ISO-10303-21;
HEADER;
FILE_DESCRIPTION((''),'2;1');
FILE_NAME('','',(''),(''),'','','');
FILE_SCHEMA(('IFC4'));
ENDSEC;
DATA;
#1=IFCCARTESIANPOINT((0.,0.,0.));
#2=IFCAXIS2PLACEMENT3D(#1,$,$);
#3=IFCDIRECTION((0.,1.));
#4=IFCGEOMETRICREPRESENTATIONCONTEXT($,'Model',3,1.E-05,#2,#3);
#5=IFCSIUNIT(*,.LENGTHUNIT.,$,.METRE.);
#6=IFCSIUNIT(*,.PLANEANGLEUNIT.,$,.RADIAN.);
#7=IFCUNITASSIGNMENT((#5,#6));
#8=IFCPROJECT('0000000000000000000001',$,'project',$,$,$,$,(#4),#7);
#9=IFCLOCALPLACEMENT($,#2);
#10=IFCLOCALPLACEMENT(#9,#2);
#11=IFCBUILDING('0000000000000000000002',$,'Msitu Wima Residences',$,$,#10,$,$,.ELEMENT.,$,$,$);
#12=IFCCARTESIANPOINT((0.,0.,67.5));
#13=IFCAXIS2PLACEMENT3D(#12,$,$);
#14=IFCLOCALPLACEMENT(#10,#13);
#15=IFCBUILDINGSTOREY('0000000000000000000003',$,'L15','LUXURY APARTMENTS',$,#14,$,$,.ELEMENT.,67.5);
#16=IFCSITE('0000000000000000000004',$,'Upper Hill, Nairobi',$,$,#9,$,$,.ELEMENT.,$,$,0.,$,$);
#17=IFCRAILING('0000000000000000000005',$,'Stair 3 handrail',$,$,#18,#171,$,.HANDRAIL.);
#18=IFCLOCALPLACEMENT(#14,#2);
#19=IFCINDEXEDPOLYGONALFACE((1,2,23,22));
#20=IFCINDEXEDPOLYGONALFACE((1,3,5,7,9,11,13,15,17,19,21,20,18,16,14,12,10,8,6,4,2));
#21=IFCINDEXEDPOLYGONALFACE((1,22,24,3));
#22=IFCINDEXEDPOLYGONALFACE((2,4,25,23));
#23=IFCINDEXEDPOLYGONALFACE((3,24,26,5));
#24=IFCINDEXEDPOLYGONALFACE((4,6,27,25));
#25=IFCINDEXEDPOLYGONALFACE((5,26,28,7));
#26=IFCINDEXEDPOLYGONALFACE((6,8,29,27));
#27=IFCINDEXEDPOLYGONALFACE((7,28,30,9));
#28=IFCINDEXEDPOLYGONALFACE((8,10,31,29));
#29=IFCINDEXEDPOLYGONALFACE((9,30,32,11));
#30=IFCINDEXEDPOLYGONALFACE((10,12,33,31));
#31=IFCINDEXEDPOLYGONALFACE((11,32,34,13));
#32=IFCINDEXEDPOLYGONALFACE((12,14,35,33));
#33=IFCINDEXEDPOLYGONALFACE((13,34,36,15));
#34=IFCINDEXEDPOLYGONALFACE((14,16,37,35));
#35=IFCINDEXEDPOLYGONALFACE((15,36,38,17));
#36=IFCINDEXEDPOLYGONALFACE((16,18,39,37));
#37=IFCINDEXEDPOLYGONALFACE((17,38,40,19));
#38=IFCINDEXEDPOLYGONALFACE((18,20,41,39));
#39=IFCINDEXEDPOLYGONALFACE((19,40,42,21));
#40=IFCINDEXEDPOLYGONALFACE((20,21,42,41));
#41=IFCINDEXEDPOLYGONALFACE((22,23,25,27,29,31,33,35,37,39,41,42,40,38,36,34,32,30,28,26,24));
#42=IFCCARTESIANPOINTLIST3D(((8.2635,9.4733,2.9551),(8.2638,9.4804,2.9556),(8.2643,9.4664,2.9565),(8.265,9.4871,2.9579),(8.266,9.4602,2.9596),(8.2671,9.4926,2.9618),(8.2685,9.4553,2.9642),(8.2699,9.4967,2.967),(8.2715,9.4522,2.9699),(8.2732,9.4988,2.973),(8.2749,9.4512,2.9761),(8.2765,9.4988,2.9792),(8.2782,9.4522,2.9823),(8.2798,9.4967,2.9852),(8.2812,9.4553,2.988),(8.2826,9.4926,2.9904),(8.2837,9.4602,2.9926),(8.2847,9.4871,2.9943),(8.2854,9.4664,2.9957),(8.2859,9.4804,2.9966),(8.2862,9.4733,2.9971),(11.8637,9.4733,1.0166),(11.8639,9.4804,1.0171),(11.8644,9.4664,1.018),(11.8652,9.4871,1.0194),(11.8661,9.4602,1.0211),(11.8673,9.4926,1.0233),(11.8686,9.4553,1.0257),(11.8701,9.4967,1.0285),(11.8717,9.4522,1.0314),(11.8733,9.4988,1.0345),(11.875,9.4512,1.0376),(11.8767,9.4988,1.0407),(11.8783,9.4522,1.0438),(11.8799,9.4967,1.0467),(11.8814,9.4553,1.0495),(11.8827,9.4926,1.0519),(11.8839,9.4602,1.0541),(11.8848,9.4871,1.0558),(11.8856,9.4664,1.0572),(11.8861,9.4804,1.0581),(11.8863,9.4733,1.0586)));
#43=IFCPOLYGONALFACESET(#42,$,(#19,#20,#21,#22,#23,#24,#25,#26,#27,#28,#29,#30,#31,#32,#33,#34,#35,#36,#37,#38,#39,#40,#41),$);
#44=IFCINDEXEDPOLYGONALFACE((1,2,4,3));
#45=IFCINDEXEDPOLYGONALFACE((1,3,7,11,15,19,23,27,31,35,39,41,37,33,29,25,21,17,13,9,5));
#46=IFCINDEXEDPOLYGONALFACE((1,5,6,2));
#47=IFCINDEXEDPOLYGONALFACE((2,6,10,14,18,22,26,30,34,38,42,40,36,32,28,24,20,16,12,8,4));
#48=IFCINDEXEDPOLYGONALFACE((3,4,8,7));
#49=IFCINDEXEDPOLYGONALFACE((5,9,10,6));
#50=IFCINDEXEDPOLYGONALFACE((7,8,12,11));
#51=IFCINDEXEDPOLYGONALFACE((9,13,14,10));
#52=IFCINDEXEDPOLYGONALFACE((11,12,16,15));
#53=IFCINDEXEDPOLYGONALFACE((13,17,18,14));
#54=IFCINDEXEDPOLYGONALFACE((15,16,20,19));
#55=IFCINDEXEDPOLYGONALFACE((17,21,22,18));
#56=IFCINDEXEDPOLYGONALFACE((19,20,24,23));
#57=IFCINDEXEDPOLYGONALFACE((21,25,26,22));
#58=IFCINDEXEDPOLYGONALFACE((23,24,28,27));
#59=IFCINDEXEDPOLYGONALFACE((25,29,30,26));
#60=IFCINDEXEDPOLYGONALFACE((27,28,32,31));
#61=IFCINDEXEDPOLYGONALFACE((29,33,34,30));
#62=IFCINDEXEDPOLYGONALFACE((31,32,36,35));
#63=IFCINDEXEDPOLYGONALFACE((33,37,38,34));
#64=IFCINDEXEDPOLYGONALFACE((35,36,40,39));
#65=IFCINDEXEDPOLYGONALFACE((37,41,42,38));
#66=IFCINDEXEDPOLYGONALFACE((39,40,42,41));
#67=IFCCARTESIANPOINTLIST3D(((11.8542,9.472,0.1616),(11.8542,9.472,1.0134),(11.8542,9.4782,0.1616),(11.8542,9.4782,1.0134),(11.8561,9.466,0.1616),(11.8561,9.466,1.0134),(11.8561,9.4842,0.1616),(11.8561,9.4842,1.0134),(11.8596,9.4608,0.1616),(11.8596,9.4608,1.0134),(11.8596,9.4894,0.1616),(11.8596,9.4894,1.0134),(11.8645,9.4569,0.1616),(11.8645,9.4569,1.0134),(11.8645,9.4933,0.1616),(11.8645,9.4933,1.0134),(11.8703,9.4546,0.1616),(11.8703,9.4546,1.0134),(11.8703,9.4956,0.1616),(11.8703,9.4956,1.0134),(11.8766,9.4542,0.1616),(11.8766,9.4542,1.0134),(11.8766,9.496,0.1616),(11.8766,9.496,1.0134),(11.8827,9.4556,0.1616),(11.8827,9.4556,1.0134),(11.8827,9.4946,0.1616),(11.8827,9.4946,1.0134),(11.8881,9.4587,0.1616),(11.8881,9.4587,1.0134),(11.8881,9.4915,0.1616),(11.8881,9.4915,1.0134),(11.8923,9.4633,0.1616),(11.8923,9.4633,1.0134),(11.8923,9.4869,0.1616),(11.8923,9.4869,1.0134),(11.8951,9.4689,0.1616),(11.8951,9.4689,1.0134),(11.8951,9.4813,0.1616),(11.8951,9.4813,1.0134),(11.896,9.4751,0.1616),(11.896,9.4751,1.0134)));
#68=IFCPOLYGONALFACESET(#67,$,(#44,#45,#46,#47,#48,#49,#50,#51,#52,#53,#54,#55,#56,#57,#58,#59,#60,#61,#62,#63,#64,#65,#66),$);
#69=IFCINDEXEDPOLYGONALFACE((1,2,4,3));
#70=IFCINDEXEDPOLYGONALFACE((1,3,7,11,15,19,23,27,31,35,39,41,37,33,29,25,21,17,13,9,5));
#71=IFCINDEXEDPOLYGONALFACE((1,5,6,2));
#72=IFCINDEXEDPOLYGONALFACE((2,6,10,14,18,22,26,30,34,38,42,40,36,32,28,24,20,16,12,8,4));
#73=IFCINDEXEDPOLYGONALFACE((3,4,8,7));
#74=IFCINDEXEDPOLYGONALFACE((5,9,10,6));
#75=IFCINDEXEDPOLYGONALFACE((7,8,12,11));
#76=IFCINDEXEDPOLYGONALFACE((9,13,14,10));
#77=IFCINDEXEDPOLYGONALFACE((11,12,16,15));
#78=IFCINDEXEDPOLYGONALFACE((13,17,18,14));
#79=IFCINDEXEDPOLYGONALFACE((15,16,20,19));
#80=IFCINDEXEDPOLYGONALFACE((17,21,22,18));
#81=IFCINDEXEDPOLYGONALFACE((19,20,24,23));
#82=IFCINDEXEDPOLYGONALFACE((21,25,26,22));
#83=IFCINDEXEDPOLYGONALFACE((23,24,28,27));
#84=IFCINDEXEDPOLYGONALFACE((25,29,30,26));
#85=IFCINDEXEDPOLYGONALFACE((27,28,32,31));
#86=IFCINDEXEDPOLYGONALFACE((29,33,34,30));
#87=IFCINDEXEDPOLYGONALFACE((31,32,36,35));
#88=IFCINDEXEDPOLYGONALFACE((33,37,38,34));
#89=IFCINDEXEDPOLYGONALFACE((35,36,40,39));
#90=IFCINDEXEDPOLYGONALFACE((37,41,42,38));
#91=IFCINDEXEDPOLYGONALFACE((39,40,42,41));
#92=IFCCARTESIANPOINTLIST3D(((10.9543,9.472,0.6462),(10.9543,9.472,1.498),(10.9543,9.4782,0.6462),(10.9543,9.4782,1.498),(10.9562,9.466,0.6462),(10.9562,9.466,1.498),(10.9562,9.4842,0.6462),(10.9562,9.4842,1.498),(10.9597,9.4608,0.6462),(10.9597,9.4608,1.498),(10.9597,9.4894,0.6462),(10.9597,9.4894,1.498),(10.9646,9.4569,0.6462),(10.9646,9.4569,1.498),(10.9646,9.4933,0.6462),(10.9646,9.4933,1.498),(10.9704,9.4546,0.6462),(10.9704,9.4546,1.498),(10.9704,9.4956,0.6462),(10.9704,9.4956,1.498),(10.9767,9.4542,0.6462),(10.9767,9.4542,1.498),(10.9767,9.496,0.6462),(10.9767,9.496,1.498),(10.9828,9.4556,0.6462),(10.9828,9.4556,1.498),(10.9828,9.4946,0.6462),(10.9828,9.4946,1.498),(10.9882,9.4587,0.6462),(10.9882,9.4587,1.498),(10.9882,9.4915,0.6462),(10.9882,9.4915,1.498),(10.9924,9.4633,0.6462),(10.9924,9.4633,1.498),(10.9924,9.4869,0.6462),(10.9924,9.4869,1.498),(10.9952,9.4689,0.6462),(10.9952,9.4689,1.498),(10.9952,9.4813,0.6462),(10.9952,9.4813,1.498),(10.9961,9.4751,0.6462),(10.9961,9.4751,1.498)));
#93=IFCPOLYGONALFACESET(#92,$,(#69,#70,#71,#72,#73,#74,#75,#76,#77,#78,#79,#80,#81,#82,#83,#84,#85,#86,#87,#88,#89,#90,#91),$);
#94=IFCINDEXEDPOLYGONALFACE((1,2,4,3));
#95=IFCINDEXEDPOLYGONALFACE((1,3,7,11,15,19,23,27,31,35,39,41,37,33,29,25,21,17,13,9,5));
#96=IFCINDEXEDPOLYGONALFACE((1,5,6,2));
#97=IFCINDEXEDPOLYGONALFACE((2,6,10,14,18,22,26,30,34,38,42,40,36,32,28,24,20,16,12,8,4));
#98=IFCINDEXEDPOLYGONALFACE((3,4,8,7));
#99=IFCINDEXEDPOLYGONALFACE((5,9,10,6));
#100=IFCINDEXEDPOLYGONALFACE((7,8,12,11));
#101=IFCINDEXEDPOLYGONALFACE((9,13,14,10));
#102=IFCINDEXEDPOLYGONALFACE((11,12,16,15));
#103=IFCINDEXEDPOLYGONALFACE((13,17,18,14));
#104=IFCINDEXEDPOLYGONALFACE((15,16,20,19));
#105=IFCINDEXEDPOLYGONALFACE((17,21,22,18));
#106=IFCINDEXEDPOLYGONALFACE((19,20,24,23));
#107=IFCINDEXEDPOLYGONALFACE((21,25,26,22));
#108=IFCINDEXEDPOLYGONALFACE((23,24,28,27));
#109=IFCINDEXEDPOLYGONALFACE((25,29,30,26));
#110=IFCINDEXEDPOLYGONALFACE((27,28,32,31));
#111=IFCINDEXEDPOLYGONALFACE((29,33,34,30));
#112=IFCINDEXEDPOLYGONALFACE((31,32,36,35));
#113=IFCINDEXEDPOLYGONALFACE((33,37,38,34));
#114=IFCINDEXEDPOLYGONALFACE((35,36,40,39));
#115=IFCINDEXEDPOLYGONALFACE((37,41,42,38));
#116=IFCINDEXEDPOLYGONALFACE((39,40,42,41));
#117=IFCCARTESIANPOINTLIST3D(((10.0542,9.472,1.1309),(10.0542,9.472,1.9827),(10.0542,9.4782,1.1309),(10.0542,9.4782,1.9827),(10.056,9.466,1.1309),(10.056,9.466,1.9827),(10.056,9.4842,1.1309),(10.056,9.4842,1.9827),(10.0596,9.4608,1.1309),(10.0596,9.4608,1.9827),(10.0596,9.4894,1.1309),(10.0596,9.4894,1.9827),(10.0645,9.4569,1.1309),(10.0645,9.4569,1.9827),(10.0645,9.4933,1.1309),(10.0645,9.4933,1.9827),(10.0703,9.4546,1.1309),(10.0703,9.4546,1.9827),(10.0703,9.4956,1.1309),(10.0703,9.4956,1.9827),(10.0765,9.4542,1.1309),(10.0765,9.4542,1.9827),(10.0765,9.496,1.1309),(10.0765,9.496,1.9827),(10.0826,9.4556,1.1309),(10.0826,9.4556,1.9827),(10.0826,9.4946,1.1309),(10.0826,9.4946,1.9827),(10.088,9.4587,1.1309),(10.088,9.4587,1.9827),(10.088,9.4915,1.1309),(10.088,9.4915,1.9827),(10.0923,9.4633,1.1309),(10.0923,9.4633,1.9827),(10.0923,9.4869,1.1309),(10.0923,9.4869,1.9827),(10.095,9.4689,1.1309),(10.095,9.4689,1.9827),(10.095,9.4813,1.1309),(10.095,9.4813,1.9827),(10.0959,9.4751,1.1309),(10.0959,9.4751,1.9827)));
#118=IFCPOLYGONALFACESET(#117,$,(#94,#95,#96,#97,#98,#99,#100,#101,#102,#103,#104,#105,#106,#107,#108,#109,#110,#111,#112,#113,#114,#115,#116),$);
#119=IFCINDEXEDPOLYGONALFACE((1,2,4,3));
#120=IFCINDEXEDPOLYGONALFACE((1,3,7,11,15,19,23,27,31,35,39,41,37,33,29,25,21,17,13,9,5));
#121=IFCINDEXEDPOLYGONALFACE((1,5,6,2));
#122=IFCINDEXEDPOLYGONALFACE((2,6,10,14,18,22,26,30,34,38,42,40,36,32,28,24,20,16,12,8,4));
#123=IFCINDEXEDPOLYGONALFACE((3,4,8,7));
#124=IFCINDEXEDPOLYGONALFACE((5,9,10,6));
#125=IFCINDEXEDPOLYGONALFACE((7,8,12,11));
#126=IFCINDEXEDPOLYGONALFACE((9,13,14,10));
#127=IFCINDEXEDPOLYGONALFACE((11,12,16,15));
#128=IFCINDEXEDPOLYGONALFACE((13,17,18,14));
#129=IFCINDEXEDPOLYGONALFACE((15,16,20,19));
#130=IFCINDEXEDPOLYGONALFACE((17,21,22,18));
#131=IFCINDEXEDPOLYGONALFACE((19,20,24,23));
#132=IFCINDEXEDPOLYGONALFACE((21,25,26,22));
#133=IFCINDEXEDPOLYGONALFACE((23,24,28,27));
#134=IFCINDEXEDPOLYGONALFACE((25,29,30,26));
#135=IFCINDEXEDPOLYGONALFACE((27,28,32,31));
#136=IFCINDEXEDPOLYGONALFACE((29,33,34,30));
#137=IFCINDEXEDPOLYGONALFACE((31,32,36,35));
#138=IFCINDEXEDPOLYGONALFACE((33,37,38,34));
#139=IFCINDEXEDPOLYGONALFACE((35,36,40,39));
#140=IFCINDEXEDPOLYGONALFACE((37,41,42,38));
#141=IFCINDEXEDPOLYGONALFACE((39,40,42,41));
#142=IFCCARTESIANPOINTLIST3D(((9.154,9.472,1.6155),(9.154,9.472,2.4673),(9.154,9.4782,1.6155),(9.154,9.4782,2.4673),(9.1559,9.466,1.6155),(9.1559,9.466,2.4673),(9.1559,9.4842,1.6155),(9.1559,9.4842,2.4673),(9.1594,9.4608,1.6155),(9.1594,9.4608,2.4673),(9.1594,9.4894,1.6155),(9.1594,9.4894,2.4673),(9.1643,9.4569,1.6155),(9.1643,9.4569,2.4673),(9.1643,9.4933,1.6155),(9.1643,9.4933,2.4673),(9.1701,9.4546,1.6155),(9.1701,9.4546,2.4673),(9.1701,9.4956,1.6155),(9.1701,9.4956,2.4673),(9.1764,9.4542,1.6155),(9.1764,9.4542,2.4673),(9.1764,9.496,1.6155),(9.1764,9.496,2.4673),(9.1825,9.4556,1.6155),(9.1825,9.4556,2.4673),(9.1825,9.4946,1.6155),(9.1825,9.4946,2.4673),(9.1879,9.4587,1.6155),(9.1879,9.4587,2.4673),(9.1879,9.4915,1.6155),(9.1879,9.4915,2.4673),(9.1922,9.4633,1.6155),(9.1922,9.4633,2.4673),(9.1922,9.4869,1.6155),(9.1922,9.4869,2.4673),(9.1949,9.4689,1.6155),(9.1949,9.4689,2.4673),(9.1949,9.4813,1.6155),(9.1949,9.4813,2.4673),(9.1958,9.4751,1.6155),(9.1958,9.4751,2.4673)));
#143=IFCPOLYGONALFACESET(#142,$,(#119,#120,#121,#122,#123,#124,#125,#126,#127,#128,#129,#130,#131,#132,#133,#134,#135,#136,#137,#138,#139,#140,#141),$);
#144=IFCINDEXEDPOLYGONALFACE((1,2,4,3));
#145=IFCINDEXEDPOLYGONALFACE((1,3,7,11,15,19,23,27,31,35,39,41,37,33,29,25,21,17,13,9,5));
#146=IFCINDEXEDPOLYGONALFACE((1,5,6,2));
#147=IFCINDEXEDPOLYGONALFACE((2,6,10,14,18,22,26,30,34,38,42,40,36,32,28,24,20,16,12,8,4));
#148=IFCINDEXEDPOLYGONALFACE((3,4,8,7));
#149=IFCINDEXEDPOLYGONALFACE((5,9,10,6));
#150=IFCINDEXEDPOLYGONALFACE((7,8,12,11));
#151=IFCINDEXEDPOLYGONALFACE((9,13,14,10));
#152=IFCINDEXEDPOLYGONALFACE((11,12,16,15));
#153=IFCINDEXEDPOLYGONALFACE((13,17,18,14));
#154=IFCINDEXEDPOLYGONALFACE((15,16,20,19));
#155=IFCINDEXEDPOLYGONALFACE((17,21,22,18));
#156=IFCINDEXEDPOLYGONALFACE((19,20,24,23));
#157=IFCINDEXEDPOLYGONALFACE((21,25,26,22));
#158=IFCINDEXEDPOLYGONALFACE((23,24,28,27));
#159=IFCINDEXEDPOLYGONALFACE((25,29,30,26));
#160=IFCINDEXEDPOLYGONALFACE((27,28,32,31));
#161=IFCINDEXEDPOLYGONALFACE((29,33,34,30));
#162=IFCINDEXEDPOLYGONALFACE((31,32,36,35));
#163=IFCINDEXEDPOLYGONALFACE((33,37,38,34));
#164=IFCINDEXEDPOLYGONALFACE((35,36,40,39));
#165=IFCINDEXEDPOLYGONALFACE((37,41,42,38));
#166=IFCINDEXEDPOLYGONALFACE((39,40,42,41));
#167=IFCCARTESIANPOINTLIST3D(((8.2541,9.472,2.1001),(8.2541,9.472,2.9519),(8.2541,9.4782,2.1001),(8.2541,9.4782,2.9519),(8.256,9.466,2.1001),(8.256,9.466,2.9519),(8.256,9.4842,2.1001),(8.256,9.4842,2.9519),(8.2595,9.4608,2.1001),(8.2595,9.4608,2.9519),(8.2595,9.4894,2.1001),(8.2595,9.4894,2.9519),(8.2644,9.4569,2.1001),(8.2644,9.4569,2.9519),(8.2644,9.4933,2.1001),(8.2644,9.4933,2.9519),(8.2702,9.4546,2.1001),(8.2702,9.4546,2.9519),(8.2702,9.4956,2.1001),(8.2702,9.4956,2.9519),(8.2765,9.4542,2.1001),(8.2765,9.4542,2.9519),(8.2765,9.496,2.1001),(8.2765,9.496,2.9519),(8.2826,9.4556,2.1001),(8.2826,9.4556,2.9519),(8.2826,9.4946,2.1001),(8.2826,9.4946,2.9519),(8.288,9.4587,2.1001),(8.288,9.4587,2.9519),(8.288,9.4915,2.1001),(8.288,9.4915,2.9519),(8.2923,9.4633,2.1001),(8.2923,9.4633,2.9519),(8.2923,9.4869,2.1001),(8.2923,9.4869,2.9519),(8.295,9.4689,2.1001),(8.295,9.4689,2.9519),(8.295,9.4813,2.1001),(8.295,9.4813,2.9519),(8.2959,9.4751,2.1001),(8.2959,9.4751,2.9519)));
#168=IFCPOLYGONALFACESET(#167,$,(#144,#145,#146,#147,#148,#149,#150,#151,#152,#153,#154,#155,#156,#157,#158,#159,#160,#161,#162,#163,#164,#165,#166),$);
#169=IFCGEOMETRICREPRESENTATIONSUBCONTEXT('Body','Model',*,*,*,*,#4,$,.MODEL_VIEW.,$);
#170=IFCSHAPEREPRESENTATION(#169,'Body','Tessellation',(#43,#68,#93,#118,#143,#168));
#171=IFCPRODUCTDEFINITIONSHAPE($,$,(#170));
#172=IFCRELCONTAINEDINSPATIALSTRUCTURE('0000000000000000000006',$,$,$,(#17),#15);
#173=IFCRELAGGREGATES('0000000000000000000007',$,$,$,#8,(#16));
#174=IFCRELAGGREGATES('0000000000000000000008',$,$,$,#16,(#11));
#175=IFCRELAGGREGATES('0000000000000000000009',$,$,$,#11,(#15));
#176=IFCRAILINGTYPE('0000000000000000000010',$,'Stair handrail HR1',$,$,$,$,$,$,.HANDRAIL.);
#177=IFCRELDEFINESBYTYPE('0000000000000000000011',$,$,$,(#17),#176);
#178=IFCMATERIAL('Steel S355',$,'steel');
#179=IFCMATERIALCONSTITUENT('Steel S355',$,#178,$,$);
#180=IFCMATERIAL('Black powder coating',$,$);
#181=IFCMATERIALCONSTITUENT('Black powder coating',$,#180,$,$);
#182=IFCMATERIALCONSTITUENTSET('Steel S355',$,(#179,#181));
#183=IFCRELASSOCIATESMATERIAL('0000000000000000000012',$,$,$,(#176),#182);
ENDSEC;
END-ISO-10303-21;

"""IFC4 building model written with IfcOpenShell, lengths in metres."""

from ifc_helpers import new_model, si_unit, direction, frame, origin, origin_2d, place, context, subcontext, project, spatial, circle, extrude, material, constituent, constituent_set, type_object, element, save


model = new_model("IFC4")

# Units and contexts
model_context = context("Model", 3, precision=1e-05, world=origin(), true_north=direction((0.0, 1.0)))
body_context = subcontext(model_context, "Body", "Model", "MODEL_VIEW")
ifc_project = project(units=[si_unit("LENGTHUNIT", "METRE"), si_unit("PLANEANGLEUNIT", "RADIAN")], contexts=[model_context])

# Site, building, storey
site_placement = place(None, origin())
site = spatial("IfcSite", under=ifc_project, at=site_placement, Name="Upper Hill, Nairobi", CompositionType="ELEMENT", RefElevation=0.0)
building_placement = place(site_placement, origin())
building = spatial("IfcBuilding", under=site, at=building_placement, Name="Msitu Wima Residences", CompositionType="ELEMENT")
storey_placement = place(building_placement, frame((0.0, 0.0, 67.5)))
storey = spatial("IfcBuildingStorey", under=building, at=storey_placement, Name="L15", Description="LUXURY APARTMENTS", CompositionType="ELEMENT", Elevation=67.5)

# Railing
ifc_material_1 = material(Name="Steel S355", Category="steel")
ifc_constituent_1 = constituent(ifc_material_1, Name="Steel S355")
ifc_material_2 = material(Name="Black powder coating")
ifc_constituent_2 = constituent(ifc_material_2, Name="Black powder coating")
ifc_constituent_set = constituent_set(constituents=[ifc_constituent_1, ifc_constituent_2], Name="Steel S355")
railing_type = type_object("IfcRailingType", Name="Stair handrail HR1", PredefinedType="HANDRAIL", material=ifc_constituent_set)
railing_placement = place(storey_placement, frame((11.875, 9.4751, 0.1616)))
element("IfcRailing", 1, at=railing_placement, inside=storey, type_object=railing_type, Name="Stair 3 handrail", PredefinedType="HANDRAIL", context=body_context, shape_type="SweptSolid", body=[
    extrude(circle(Radius=0.0239, at=origin_2d()), frame((0.0, 0.0, 0.876), z_axis=(-0.880475, 0.0, 0.474093), x_axis=(0.0, -1.0, 0.0)), (0.0, 0.0, 1.0), 4.0889),
    extrude(circle(Radius=0.021, at=origin_2d()), origin(), (0.0, 0.0, 1.0), 0.8518),
    extrude(circle(Radius=0.021, at=origin_2d()), frame((-0.8999, 0.0, 0.4846)), (0.0, 0.0, 1.0), 0.8518),
    extrude(circle(Radius=0.021, at=origin_2d()), frame((-1.8, 0.0, 0.9692)), (0.0, 0.0, 1.0), 0.8518),
    extrude(circle(Radius=0.021, at=origin_2d()), frame((-2.7002, 0.0, 1.4539)), (0.0, 0.0, 1.0), 0.8518),
    extrude(circle(Radius=0.021, at=origin_2d()), frame((-3.6001, 0.0, 1.9385)), (0.0, 0.0, 1.0), 0.8518),
])

save(model, "model.ifc")
